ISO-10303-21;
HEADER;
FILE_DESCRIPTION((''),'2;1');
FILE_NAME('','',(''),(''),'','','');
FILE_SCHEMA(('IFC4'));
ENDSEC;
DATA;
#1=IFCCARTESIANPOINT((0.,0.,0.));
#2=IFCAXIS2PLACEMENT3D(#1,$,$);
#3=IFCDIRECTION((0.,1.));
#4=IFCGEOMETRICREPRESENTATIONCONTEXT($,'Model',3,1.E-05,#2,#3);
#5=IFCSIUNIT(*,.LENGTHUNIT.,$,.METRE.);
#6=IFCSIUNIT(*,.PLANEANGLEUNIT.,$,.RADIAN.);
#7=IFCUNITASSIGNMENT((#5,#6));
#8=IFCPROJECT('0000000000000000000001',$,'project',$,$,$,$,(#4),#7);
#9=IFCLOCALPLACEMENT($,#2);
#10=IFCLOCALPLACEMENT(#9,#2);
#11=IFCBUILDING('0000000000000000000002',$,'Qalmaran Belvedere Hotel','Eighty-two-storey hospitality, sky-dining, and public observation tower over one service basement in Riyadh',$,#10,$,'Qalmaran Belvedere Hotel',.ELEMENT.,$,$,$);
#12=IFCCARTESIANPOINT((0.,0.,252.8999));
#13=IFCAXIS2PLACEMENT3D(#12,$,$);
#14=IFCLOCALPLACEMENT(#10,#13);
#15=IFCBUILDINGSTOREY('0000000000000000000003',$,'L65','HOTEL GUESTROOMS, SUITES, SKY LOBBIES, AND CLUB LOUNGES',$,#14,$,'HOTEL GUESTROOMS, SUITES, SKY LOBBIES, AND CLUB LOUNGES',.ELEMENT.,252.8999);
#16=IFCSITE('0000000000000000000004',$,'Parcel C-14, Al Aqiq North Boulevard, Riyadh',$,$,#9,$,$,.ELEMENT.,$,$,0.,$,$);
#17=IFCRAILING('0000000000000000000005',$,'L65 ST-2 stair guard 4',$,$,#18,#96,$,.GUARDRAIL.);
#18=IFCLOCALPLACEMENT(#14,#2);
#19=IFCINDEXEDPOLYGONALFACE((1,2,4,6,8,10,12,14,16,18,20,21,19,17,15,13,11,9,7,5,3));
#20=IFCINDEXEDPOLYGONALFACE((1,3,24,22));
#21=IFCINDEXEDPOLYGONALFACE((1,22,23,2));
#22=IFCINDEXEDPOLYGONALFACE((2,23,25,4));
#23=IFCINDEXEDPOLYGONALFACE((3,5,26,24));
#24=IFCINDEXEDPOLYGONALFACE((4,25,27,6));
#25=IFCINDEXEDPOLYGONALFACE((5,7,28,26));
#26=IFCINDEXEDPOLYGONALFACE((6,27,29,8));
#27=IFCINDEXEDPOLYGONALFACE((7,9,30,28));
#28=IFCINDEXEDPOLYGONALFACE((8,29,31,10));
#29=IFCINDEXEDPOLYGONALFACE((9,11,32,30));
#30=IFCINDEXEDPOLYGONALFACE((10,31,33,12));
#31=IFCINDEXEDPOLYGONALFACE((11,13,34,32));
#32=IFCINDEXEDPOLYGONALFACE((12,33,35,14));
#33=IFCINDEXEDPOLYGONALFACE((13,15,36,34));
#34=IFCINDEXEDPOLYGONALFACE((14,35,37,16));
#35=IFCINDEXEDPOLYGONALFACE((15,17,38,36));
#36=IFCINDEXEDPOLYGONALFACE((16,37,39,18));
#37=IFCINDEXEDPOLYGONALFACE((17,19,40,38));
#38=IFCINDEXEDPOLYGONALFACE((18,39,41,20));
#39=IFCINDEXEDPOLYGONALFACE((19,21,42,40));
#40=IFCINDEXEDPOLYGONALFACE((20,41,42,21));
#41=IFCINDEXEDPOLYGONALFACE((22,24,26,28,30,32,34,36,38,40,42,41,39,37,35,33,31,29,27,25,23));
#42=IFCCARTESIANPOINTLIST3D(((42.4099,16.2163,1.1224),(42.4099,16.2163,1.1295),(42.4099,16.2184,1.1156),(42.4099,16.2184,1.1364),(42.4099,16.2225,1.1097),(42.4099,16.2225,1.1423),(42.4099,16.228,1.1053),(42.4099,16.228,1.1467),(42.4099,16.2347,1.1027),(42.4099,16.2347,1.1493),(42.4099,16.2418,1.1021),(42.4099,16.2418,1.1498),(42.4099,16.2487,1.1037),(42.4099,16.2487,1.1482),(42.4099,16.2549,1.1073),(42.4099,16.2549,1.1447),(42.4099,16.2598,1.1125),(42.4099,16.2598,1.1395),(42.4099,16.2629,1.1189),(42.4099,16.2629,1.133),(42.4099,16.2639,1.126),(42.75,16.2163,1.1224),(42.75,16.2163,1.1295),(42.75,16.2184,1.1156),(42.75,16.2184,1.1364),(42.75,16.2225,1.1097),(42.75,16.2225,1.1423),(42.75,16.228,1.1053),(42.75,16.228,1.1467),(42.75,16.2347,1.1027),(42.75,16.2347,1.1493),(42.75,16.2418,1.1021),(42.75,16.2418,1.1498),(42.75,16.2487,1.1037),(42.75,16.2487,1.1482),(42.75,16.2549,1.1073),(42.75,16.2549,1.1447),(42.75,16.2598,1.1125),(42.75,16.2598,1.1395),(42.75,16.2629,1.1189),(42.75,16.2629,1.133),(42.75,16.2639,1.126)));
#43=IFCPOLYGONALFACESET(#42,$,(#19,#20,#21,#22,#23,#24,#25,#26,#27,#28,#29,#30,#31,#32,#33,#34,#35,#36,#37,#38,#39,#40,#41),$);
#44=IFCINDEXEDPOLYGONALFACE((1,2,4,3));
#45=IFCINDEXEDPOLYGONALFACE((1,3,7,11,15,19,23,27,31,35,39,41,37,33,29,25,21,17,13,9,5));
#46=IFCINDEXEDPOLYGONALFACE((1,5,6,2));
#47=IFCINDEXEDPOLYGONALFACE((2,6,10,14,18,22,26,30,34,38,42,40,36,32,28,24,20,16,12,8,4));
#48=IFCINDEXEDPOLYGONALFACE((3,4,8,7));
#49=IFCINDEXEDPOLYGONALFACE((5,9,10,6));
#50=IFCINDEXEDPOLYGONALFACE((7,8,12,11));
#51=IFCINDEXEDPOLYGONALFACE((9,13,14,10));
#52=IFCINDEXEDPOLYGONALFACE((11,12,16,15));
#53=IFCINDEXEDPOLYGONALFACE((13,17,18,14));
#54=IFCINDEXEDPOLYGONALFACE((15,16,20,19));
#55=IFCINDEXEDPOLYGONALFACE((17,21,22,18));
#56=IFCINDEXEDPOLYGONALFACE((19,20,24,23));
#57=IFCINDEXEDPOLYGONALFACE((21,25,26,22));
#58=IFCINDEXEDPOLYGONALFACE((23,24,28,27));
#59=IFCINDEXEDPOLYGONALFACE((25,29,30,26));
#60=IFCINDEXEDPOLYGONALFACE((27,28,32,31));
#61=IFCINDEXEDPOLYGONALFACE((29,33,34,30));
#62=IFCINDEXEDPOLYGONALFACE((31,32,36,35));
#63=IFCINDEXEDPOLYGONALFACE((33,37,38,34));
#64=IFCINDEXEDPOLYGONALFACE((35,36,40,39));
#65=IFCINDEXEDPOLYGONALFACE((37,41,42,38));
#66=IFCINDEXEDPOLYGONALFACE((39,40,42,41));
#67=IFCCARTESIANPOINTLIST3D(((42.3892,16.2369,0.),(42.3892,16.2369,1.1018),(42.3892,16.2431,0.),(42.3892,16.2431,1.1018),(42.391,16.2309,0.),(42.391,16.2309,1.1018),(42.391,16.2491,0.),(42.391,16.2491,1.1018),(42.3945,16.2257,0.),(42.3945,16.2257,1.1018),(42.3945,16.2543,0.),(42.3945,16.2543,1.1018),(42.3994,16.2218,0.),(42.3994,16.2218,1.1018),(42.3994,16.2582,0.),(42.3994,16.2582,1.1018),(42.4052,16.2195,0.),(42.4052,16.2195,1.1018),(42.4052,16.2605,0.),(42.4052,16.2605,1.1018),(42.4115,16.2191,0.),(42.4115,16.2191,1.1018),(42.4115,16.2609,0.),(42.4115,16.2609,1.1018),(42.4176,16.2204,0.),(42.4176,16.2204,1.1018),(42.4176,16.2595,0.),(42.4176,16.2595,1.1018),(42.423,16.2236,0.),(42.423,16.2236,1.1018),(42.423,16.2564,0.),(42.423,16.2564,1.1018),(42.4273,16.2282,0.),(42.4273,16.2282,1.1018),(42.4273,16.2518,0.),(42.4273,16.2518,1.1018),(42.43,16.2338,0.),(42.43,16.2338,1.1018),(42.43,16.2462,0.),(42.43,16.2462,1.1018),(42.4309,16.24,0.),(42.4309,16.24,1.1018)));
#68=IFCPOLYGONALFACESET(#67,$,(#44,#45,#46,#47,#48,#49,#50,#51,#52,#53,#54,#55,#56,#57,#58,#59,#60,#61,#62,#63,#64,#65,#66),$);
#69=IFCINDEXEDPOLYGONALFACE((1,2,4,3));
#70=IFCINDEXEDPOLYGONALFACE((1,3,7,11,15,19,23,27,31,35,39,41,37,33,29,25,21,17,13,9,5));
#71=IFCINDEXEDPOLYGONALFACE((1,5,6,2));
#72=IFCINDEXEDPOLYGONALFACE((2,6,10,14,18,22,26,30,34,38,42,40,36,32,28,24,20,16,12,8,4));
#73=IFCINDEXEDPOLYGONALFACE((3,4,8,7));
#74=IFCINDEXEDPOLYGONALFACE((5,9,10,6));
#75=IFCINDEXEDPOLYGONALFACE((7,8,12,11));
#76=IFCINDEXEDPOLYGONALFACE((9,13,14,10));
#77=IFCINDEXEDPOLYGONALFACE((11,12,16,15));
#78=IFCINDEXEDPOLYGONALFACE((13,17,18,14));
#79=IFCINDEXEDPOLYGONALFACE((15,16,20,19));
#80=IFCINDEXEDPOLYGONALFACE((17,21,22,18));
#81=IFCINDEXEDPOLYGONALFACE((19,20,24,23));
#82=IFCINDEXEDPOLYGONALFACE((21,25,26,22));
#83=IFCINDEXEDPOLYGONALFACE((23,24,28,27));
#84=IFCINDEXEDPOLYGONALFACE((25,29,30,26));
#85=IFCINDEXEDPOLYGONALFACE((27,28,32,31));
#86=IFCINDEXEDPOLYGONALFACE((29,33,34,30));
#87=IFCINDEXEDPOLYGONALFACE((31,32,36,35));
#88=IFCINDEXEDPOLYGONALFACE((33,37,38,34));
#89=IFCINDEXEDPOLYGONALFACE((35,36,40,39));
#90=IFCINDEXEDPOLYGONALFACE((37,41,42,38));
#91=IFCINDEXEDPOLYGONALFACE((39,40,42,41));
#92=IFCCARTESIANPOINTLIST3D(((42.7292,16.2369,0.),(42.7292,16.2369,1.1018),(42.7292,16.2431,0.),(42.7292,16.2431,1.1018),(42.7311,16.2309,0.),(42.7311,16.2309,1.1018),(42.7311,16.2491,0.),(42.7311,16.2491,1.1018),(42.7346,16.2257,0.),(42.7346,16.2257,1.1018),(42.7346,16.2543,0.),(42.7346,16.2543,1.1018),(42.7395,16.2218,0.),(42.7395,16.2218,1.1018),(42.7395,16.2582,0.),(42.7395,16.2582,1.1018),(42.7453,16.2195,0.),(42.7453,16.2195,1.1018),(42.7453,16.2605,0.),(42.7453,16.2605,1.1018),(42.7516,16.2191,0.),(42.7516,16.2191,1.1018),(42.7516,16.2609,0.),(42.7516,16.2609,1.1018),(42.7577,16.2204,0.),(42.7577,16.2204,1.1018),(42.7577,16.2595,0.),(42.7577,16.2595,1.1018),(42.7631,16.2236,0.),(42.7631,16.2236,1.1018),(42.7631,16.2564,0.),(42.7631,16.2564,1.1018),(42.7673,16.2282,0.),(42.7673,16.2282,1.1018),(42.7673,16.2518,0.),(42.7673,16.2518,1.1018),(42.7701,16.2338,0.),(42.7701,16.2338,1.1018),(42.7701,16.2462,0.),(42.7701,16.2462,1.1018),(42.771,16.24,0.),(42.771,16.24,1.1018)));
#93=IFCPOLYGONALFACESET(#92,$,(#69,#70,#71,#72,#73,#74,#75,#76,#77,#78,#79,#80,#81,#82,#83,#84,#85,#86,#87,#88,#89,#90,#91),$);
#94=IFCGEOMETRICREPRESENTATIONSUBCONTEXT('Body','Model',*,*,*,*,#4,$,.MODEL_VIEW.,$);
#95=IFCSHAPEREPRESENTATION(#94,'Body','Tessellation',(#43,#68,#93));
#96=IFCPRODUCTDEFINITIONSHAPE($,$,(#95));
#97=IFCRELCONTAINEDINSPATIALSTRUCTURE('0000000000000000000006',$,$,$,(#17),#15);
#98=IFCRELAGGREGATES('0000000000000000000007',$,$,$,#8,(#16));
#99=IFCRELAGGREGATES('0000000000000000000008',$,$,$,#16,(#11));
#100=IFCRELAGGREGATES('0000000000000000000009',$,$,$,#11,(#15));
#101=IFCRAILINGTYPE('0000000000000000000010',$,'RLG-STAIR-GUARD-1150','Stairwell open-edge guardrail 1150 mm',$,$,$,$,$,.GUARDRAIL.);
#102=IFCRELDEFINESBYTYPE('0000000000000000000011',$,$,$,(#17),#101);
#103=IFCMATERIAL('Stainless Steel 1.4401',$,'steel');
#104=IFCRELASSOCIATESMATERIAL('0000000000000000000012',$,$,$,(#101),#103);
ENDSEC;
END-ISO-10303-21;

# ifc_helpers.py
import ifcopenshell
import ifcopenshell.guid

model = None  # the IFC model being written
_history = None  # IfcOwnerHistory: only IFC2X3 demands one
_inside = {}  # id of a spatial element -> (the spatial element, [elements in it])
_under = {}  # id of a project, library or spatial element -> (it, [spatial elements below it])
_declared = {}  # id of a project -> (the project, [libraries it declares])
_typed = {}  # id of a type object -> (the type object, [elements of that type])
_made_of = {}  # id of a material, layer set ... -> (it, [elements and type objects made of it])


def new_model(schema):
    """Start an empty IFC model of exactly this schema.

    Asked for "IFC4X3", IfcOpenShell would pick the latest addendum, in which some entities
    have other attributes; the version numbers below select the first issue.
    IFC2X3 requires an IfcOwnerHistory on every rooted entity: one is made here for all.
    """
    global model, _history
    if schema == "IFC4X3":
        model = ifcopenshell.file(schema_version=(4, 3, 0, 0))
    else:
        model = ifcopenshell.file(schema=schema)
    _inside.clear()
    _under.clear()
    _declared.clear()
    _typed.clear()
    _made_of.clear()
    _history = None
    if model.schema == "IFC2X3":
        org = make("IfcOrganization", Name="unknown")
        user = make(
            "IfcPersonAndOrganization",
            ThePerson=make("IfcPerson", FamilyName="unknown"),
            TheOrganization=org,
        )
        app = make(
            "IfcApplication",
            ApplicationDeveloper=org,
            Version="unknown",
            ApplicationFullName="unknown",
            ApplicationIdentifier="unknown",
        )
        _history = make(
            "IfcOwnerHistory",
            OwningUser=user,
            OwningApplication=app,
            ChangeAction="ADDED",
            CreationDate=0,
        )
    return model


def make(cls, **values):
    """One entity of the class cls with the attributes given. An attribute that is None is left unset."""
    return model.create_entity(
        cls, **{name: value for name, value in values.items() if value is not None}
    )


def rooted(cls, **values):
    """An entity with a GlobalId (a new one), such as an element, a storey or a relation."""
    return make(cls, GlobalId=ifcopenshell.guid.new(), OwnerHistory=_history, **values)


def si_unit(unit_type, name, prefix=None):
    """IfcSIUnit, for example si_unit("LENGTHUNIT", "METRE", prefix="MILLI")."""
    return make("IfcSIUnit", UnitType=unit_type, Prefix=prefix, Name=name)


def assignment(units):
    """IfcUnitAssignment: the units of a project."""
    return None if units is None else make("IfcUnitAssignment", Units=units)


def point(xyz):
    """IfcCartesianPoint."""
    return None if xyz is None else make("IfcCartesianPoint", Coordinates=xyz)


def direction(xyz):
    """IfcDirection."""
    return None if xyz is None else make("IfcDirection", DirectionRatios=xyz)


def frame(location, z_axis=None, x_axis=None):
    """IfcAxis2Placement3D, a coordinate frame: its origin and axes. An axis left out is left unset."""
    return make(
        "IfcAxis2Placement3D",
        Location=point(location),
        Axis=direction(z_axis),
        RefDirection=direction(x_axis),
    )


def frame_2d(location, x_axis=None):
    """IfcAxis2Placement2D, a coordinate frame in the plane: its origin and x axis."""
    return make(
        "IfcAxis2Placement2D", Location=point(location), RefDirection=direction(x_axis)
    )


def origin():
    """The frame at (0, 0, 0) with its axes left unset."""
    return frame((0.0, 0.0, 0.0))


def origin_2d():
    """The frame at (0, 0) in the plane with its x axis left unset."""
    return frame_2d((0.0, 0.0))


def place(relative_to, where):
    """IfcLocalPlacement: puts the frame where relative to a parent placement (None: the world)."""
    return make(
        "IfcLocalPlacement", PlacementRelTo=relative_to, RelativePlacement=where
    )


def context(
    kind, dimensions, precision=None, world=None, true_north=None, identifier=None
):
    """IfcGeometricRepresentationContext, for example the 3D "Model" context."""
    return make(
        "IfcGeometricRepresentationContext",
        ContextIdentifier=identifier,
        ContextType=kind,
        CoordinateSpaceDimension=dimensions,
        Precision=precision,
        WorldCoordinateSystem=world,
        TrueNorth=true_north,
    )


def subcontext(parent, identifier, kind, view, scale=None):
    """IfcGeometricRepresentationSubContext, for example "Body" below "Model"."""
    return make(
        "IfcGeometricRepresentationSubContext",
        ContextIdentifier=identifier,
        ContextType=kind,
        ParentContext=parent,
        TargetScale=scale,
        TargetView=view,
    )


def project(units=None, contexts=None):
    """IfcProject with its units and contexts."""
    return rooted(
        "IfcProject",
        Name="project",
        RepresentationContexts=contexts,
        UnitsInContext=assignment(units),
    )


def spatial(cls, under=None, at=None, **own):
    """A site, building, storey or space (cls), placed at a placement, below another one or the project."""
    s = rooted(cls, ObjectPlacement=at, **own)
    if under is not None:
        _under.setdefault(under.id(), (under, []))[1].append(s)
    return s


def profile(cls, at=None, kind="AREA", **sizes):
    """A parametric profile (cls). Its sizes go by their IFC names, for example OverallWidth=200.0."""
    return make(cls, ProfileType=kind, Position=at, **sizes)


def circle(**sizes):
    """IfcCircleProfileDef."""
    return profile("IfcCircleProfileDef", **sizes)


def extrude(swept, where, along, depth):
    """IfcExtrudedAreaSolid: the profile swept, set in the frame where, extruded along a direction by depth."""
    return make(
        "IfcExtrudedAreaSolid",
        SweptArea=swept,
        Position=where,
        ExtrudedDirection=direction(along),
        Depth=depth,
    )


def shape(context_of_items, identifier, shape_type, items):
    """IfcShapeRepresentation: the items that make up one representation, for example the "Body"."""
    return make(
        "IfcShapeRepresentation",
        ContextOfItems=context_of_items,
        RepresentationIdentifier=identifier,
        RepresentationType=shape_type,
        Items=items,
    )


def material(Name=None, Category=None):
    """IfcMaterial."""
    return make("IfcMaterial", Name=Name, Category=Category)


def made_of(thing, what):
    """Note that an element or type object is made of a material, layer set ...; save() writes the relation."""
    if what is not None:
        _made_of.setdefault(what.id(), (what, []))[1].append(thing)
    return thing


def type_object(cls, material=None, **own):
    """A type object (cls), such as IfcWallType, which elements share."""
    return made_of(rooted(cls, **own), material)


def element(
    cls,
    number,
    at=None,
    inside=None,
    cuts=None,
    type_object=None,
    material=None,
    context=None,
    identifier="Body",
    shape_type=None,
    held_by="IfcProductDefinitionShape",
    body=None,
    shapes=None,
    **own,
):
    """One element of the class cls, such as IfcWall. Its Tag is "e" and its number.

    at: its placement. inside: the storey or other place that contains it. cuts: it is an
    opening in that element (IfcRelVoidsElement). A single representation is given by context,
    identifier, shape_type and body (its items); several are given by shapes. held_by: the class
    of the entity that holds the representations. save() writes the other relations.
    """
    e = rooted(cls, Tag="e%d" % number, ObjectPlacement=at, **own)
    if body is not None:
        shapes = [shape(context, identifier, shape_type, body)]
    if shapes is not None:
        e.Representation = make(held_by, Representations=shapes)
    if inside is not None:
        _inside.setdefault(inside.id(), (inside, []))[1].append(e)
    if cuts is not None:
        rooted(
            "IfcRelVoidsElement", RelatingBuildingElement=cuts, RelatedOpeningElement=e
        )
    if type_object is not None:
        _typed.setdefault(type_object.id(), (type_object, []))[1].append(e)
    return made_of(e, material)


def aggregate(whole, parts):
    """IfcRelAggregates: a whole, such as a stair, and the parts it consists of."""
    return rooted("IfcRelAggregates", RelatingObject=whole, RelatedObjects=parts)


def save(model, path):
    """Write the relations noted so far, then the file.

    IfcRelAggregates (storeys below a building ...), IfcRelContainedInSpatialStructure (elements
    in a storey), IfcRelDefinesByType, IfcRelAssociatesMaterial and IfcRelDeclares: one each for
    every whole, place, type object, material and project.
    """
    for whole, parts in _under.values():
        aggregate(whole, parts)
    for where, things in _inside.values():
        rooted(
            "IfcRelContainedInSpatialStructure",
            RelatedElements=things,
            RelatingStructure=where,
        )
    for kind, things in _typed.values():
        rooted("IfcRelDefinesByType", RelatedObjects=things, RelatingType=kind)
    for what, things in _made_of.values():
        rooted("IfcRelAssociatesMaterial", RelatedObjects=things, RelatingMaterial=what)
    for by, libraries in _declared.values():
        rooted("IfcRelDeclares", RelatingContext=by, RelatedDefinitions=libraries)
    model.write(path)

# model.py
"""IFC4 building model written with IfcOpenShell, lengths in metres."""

from ifc_helpers import new_model, si_unit, direction, frame, origin, origin_2d, place, context, subcontext, project, spatial, circle, extrude, material, type_object, element, save


model = new_model("IFC4")

# Units and contexts
model_context = context("Model", 3, precision=1e-05, world=origin(), true_north=direction((0.0, 1.0)))
body_context = subcontext(model_context, "Body", "Model", "MODEL_VIEW")
ifc_project = project(units=[si_unit("LENGTHUNIT", "METRE"), si_unit("PLANEANGLEUNIT", "RADIAN")], contexts=[model_context])

# Site, building, storey
site_placement = place(None, origin())
site = spatial("IfcSite", under=ifc_project, at=site_placement, Name="Parcel C-14, Al Aqiq North Boulevard, Riyadh", CompositionType="ELEMENT", RefElevation=0.0)
building_placement = place(site_placement, origin())
building = spatial("IfcBuilding", under=site, at=building_placement, Name="Qalmaran Belvedere Hotel", Description="Eighty-two-storey hospitality, sky-dining, and public observation tower over one service basement in Riyadh", LongName="Qalmaran Belvedere Hotel", CompositionType="ELEMENT")
storey_placement = place(building_placement, frame((0.0, 0.0, 252.8999)))
storey = spatial("IfcBuildingStorey", under=building, at=storey_placement, Name="L65", Description="HOTEL GUESTROOMS, SUITES, SKY LOBBIES, AND CLUB LOUNGES", LongName="HOTEL GUESTROOMS, SUITES, SKY LOBBIES, AND CLUB LOUNGES", CompositionType="ELEMENT", Elevation=252.8999)

# Railing
ifc_material_1 = material(Name="Stainless Steel 1.4401", Category="steel")
railing_type_1 = type_object("IfcRailingType", Name="RLG-STAIR-GUARD-1150", Description="Stairwell open-edge guardrail 1150 mm", PredefinedType="GUARDRAIL", material=ifc_material_1)
railing_1_placement = place(storey_placement, frame((42.4099, 16.24, 0.0)))
element("IfcRailing", 1, at=railing_1_placement, inside=storey, type_object=railing_type_1, Name="L65 ST-2 stair guard 4", PredefinedType="GUARDRAIL", context=body_context, shape_type="SweptSolid", body=[
    extrude(circle(Radius=0.0239, at=origin_2d()), frame((0.0, 0.0, 1.126), z_axis=(1.0, 0.0, 0.0), x_axis=(0.0, 1.0, 0.0)), (0.0, 0.0, 1.0), 0.3401),
    extrude(circle(Radius=0.021, at=origin_2d()), origin(), (0.0, 0.0, 1.0), 1.1018),
    extrude(circle(Radius=0.021, at=origin_2d()), frame((0.3401, 0.0, 0.0)), (0.0, 0.0, 1.0), 1.1018),
])

save(model, "model.ifc")
